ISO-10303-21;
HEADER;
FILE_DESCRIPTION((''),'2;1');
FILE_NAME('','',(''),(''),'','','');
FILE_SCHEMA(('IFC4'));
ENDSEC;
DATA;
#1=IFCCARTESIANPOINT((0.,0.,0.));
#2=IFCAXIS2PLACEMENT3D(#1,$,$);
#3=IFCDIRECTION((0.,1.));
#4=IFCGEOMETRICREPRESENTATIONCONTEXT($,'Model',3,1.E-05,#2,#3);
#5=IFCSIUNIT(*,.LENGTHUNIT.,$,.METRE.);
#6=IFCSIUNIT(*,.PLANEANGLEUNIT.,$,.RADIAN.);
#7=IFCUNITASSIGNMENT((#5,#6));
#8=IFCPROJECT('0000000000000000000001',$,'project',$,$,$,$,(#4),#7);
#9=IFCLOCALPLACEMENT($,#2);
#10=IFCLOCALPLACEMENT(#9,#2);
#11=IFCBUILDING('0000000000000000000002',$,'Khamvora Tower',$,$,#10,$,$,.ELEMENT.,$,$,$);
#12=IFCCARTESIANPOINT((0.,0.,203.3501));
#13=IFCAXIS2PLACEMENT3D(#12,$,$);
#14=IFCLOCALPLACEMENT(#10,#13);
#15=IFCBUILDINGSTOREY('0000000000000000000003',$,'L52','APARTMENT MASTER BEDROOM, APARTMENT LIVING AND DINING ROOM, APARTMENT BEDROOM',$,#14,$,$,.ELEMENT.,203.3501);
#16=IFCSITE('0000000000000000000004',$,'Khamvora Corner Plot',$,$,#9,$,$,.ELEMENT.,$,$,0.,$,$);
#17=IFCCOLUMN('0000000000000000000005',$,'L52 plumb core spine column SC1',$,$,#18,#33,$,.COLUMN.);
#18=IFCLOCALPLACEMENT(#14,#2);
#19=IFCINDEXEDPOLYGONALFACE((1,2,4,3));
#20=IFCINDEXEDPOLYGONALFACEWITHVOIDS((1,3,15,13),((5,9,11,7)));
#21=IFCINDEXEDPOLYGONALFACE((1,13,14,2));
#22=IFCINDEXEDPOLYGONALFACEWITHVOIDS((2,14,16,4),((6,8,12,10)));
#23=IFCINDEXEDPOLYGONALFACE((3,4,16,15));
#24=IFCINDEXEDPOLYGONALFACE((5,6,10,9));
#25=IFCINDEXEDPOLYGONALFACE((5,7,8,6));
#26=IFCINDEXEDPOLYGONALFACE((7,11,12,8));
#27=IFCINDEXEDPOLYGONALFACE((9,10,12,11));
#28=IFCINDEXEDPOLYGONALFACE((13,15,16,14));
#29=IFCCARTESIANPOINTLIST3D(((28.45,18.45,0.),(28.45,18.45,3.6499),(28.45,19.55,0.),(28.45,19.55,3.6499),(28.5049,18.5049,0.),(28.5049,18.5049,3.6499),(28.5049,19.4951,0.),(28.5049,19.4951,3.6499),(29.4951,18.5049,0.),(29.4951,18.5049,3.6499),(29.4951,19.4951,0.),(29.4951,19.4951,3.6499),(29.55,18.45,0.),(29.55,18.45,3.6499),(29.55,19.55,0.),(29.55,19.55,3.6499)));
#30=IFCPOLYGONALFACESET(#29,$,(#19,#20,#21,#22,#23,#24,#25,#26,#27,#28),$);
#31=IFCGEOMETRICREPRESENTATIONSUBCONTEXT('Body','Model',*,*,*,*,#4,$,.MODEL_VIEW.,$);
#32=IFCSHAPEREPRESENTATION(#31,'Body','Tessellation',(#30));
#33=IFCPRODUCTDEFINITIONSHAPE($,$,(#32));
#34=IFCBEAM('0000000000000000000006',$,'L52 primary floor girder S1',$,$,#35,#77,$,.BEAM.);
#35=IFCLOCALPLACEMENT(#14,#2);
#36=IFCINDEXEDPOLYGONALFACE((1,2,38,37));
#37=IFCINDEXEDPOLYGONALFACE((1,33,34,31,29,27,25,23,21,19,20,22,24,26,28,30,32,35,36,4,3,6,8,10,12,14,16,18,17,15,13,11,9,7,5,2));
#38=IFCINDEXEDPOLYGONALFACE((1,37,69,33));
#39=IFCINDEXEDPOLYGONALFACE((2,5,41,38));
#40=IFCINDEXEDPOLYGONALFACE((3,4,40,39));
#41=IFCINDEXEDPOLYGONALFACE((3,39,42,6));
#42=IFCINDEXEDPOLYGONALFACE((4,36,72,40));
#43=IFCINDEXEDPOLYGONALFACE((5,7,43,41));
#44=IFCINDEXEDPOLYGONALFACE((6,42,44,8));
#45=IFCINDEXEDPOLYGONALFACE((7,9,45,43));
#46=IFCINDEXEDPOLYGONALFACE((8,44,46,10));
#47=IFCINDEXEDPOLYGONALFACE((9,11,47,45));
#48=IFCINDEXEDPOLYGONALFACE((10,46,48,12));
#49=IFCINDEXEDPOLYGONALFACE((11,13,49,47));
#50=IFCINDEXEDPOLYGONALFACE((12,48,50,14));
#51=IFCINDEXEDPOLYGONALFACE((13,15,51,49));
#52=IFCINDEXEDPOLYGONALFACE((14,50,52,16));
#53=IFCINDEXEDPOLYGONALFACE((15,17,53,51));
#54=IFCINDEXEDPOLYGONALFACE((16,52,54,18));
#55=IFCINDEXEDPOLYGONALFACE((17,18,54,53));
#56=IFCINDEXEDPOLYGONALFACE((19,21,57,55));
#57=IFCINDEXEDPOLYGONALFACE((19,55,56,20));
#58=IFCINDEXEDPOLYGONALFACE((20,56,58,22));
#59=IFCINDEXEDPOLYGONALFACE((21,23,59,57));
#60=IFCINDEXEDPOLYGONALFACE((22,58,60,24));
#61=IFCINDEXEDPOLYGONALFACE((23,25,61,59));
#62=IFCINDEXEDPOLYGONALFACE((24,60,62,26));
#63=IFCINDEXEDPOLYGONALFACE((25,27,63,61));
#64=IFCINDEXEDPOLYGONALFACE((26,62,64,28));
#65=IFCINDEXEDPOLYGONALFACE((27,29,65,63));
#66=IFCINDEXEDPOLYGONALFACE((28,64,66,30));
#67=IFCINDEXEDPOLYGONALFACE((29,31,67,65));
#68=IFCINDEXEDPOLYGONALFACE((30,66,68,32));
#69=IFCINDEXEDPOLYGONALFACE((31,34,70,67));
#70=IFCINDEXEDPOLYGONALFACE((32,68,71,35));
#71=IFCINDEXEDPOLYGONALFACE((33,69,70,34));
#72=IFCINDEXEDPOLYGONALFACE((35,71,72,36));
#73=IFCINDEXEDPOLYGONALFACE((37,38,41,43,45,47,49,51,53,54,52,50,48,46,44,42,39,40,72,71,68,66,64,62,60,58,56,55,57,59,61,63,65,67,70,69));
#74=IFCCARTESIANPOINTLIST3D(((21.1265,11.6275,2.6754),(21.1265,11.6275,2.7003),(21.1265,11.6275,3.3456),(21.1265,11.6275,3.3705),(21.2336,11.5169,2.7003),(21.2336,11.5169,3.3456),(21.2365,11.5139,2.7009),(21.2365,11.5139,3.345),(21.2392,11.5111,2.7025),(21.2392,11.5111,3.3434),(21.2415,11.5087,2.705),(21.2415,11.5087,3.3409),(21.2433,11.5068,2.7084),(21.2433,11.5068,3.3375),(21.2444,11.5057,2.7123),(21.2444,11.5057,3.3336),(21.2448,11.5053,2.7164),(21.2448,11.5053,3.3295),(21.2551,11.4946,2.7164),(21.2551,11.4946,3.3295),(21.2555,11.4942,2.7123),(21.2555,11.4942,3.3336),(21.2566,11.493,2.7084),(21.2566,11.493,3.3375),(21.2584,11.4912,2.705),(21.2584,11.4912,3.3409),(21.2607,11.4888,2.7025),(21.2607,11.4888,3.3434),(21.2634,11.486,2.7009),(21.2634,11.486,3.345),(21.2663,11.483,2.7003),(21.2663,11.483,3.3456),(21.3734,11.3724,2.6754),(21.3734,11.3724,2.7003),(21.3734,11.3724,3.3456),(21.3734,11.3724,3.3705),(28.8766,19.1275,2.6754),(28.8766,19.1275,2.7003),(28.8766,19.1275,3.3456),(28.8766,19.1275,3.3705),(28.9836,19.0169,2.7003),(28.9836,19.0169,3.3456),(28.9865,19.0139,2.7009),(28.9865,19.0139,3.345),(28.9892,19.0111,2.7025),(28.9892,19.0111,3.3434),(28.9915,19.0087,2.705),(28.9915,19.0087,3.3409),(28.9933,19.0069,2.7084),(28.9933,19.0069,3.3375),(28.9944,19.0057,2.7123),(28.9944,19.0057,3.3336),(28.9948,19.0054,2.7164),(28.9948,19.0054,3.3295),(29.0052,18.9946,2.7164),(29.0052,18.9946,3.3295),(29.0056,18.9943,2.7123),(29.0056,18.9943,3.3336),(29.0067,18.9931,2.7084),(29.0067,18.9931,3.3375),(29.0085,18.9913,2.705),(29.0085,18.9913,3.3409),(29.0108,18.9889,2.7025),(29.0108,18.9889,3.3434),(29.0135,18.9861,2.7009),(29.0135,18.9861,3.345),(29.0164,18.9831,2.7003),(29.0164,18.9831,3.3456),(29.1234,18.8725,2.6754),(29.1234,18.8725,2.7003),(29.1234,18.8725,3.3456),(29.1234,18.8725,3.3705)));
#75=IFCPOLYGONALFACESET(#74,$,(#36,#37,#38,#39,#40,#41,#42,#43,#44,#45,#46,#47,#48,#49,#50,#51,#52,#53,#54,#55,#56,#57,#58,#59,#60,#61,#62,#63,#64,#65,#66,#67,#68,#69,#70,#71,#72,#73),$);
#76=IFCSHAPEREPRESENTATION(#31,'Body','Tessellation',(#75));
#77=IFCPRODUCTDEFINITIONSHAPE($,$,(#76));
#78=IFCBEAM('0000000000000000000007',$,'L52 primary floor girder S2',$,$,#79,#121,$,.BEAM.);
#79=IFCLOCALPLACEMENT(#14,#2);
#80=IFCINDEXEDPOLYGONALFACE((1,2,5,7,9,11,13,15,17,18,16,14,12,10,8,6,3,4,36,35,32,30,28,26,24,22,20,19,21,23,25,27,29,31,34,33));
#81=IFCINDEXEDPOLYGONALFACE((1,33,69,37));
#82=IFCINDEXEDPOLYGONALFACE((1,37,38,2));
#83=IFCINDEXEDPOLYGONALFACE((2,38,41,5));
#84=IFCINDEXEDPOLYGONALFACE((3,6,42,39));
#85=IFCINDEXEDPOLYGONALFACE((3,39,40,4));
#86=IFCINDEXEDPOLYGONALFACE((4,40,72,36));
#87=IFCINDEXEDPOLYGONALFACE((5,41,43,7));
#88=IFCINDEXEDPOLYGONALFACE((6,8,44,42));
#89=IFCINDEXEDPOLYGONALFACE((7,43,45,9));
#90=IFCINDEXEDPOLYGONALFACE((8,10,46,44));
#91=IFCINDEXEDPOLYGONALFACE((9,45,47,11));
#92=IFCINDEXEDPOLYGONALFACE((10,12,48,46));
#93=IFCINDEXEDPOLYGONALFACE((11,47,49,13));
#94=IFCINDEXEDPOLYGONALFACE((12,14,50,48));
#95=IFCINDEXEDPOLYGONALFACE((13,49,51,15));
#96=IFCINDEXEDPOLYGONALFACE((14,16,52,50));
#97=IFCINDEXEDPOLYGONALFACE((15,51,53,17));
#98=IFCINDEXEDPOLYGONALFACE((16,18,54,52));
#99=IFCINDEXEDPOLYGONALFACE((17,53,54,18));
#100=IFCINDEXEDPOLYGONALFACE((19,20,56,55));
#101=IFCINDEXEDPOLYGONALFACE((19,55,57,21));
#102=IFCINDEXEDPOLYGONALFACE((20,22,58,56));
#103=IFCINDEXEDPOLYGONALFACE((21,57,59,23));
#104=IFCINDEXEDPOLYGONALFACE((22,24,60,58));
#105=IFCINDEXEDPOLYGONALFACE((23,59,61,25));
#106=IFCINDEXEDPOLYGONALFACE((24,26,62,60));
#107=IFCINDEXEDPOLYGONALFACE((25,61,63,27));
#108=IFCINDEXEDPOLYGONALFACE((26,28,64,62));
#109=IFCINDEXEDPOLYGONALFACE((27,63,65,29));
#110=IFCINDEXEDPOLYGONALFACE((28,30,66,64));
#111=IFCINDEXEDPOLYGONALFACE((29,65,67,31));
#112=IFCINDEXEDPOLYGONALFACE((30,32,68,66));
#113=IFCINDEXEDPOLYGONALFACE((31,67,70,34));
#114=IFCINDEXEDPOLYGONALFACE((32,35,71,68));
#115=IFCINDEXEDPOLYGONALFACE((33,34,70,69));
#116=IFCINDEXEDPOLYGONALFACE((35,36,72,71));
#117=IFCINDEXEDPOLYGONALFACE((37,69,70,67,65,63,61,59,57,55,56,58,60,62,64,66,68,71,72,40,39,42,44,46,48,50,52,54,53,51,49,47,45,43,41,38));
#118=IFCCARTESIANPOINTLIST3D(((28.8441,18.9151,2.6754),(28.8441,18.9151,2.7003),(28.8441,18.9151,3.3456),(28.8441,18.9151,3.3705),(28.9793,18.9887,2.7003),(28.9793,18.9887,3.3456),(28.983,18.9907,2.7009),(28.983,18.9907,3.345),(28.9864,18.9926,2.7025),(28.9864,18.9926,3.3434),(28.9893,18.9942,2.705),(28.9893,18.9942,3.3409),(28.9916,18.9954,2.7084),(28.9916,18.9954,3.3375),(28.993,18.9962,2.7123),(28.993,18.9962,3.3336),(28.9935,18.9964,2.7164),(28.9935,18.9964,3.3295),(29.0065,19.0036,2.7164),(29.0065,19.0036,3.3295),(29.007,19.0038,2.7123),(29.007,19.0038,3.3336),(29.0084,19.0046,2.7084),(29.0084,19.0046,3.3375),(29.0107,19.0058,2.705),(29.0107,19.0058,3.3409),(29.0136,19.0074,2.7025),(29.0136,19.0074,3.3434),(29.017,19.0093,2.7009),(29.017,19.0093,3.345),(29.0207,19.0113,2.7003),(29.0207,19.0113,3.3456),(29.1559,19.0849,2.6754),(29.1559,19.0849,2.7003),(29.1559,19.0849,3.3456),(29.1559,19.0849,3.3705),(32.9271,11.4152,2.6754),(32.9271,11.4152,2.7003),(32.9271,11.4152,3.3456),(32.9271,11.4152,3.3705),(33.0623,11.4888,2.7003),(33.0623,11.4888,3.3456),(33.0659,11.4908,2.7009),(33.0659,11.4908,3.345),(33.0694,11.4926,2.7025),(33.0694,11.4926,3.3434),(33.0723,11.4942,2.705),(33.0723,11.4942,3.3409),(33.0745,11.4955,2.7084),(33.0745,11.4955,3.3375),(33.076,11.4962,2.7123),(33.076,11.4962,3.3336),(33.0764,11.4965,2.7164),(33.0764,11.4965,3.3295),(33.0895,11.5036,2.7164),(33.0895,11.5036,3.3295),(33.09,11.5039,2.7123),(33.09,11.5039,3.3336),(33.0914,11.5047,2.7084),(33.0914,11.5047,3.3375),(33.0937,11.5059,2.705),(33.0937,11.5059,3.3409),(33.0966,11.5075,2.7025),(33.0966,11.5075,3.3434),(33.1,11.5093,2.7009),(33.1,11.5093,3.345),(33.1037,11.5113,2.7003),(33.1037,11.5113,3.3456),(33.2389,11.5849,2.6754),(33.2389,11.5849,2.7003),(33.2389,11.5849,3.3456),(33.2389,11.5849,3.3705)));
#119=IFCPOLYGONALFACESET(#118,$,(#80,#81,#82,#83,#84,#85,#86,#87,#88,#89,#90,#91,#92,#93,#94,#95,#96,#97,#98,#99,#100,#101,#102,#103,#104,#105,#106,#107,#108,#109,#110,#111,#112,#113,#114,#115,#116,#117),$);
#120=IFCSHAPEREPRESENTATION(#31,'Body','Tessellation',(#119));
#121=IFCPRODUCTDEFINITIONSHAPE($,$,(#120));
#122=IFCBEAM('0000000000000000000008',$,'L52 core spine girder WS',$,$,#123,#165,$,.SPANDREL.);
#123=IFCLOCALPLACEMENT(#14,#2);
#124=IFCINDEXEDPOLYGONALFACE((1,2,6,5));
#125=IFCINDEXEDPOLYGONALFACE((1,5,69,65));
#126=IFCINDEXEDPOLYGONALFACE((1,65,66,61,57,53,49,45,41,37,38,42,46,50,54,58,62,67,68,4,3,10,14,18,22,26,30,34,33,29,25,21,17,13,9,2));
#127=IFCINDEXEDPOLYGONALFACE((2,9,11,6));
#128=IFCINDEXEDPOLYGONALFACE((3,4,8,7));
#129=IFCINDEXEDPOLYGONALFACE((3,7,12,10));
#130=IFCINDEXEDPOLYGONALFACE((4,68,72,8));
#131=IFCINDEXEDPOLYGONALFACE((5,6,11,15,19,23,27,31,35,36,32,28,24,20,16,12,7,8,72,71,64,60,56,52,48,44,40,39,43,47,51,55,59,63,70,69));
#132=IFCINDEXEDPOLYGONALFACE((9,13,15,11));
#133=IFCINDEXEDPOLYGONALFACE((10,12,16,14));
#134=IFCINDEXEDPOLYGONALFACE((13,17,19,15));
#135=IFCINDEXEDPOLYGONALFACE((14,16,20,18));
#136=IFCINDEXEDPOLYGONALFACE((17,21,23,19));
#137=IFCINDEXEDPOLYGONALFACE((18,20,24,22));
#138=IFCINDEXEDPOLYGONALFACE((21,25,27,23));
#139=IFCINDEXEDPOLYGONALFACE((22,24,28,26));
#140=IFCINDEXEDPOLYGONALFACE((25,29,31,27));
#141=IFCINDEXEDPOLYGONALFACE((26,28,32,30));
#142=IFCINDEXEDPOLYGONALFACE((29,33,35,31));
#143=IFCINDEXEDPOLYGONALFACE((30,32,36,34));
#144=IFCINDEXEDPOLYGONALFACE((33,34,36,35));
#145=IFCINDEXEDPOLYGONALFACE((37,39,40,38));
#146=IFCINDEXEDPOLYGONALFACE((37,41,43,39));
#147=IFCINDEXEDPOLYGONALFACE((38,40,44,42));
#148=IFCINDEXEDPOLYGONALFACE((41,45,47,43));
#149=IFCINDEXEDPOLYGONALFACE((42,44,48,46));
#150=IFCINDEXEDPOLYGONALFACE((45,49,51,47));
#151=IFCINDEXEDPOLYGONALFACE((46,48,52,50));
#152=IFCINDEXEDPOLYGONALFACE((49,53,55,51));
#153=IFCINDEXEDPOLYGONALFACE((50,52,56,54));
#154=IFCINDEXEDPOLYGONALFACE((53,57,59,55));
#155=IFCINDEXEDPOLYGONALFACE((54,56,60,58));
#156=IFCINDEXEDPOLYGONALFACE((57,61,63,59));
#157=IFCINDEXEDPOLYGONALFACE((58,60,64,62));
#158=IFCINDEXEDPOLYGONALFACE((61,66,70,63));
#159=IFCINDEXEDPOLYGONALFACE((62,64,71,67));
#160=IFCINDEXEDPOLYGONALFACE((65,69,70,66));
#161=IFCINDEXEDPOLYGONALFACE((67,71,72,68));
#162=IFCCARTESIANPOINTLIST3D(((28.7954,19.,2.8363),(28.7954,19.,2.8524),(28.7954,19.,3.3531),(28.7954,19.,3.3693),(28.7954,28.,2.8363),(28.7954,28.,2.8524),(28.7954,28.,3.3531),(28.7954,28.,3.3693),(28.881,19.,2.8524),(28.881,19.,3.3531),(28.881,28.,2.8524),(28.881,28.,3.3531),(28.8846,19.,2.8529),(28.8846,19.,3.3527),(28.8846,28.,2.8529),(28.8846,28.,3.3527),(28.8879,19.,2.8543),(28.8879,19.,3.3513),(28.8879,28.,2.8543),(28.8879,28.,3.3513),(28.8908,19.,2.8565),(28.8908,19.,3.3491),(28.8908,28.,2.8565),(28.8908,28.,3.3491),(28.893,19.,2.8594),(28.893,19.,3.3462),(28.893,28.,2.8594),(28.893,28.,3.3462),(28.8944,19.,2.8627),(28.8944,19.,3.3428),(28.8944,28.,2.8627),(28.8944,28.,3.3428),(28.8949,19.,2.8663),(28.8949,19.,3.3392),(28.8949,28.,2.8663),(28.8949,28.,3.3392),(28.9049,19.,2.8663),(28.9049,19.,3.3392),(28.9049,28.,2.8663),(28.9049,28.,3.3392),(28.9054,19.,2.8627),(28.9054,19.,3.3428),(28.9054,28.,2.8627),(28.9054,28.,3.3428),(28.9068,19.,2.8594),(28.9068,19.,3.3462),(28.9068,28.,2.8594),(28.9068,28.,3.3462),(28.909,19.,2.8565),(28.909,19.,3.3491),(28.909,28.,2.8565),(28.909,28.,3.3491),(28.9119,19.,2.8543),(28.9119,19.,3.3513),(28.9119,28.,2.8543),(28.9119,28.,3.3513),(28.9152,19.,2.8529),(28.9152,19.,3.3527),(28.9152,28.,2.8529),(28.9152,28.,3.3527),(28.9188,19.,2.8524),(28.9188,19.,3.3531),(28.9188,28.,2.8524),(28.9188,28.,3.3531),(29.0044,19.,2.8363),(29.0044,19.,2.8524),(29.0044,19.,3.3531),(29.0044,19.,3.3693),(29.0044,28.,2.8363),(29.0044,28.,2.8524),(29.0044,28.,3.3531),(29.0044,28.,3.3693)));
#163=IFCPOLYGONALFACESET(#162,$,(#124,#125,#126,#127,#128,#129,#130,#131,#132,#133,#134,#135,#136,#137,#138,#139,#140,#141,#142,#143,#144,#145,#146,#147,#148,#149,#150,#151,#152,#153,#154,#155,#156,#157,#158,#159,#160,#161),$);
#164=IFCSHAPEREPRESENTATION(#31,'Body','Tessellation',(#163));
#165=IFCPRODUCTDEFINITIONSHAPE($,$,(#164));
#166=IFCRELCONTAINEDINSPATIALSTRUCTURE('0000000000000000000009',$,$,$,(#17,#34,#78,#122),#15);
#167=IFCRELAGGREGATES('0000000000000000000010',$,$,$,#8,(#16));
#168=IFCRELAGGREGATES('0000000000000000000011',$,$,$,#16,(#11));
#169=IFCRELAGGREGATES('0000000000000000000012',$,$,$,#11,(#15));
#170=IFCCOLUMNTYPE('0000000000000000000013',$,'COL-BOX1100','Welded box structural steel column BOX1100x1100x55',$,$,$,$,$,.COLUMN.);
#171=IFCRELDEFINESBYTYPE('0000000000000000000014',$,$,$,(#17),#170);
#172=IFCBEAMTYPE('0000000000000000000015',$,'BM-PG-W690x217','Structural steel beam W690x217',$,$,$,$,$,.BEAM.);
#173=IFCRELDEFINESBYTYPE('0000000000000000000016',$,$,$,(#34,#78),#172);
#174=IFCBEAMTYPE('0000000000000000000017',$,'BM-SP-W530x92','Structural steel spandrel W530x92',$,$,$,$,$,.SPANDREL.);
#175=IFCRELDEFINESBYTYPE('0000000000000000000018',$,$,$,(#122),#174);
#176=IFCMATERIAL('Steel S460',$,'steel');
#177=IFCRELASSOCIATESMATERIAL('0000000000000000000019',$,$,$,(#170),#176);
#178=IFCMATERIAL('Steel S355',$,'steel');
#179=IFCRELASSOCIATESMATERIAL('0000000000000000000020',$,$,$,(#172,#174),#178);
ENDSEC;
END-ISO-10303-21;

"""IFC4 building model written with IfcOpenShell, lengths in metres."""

from ifc_helpers import new_model, si_unit, direction, frame, origin, origin_2d, place, context, subcontext, project, spatial, hollow_rectangle, i_section, extrude, material, material_profile, profile_set, type_object, element, save


model = new_model("IFC4")

# Units and contexts
model_context = context("Model", 3, precision=1e-05, world=origin(), true_north=direction((0.0, 1.0)))
body_context = subcontext(model_context, "Body", "Model", "MODEL_VIEW")
ifc_project = project(units=[si_unit("LENGTHUNIT", "METRE"), si_unit("PLANEANGLEUNIT", "RADIAN")], contexts=[model_context])

# Site, building, storey
site_placement = place(None, origin())
site = spatial("IfcSite", under=ifc_project, at=site_placement, Name="Khamvora Corner Plot", CompositionType="ELEMENT", RefElevation=0.0)
building_placement = place(site_placement, origin())
building = spatial("IfcBuilding", under=site, at=building_placement, Name="Khamvora Tower", CompositionType="ELEMENT")
storey_placement = place(building_placement, frame((0.0, 0.0, 203.3501)))
storey = spatial("IfcBuildingStorey", under=building, at=storey_placement, Name="L52", Description="APARTMENT MASTER BEDROOM, APARTMENT LIVING AND DINING ROOM, APARTMENT BEDROOM", CompositionType="ELEMENT", Elevation=203.3501)

# Column
ifc_material_1 = material(Name="Steel S460", Category="steel")
ifc_material_profile_1 = material_profile(ifc_material_1, hollow_rectangle(XDim=1.1001, YDim=1.1001, WallThickness=0.0549, at=origin_2d()), Name="BOX1100x1100x55")
ifc_profile_set_1 = profile_set([ifc_material_profile_1], Name="Steel S460")
column_type = type_object("IfcColumnType", Name="COL-BOX1100", Description="Welded box structural steel column BOX1100x1100x55", PredefinedType="COLUMN", material=ifc_profile_set_1)
column_placement = place(storey_placement, frame((29.0, 19.0, 0.0), z_axis=(0.0, 0.0, 1.0), x_axis=(1.0, 0.0, 0.0)))
element("IfcColumn", 1, at=column_placement, inside=storey, type_object=column_type, Name="L52 plumb core spine column SC1", PredefinedType="COLUMN", context=body_context, shape_type="SweptSolid", body=[
    extrude(hollow_rectangle(XDim=1.1001, YDim=1.1001, WallThickness=0.0549, at=origin_2d()), origin(), (0.0, 0.0, 1.0), 3.6499),
])

# Beams
ifc_material_2 = material(Name="Steel S355", Category="steel")
ifc_material_profile_2 = material_profile(ifc_material_2, i_section(OverallWidth=0.355, OverallDepth=0.6951, WebThickness=0.0149, FlangeThickness=0.0249, FilletRadius=0.0161, at=origin_2d()), Name="W690x217")
ifc_profile_set_2 = profile_set([ifc_material_profile_2], Name="Steel S355")
beam_type_1 = type_object("IfcBeamType", Name="BM-PG-W690x217", Description="Structural steel beam W690x217", PredefinedType="BEAM", material=ifc_profile_set_2)
beam_1_placement = place(storey_placement, frame((29.0, 19.0, 3.0229), z_axis=(-0.718602, -0.695421, 0.0), x_axis=(0.695421, -0.718602, 0.0)))
element("IfcBeam", 2, at=beam_1_placement, inside=storey, type_object=beam_type_1, Name="L52 primary floor girder S1", PredefinedType="BEAM", context=body_context, shape_type="SweptSolid", body=[
    extrude(i_section(OverallWidth=0.355, OverallDepth=0.6951, WebThickness=0.0149, FlangeThickness=0.0249, FilletRadius=0.0161, at=origin_2d()), origin(), (0.0, 0.0, 1.0), 10.7849),
])
beam_2_placement = place(storey_placement, frame((29.0, 19.0, 3.0229), z_axis=(0.478139, -0.878284, 0.0), x_axis=(0.878284, 0.478139, 0.0)))
element("IfcBeam", 3, at=beam_2_placement, inside=storey, type_object=beam_type_1, Name="L52 primary floor girder S2", PredefinedType="BEAM", context=body_context, shape_type="SweptSolid", body=[
    extrude(i_section(OverallWidth=0.355, OverallDepth=0.6951, WebThickness=0.0149, FlangeThickness=0.0249, FilletRadius=0.0161, at=origin_2d()), origin(), (0.0, 0.0, 1.0), 8.5393),
])
ifc_material_profile_3 = material_profile(ifc_material_2, i_section(OverallWidth=0.209, OverallDepth=0.533, WebThickness=0.01, FlangeThickness=0.0161, FilletRadius=0.0139, at=origin_2d()), Name="W530x92")
ifc_profile_set_3 = profile_set([ifc_material_profile_3], Name="Steel S355")
beam_type_2 = type_object("IfcBeamType", Name="BM-SP-W530x92", Description="Structural steel spandrel W530x92", PredefinedType="SPANDREL", material=ifc_profile_set_3)
for number, where, z_axis, x_axis, name in (
    (4, (28.8999, 19.0, 3.1028), (0.0, 1.0, 0.0), (-1.0, 0.0, 0.0), "L52 core spine girder WS"),
):
    element("IfcBeam", number, at=place(storey_placement, frame(where, z_axis=z_axis, x_axis=x_axis)), inside=storey, type_object=beam_type_2, Name=name, PredefinedType="SPANDREL", context=body_context, shape_type="SweptSolid", body=[
        extrude(i_section(OverallWidth=0.209, OverallDepth=0.533, WebThickness=0.01, FlangeThickness=0.0161, FilletRadius=0.0139, at=origin_2d()), origin(), (0.0, 0.0, 1.0), 9.0),
    ])

save(model, "model.ifc")
